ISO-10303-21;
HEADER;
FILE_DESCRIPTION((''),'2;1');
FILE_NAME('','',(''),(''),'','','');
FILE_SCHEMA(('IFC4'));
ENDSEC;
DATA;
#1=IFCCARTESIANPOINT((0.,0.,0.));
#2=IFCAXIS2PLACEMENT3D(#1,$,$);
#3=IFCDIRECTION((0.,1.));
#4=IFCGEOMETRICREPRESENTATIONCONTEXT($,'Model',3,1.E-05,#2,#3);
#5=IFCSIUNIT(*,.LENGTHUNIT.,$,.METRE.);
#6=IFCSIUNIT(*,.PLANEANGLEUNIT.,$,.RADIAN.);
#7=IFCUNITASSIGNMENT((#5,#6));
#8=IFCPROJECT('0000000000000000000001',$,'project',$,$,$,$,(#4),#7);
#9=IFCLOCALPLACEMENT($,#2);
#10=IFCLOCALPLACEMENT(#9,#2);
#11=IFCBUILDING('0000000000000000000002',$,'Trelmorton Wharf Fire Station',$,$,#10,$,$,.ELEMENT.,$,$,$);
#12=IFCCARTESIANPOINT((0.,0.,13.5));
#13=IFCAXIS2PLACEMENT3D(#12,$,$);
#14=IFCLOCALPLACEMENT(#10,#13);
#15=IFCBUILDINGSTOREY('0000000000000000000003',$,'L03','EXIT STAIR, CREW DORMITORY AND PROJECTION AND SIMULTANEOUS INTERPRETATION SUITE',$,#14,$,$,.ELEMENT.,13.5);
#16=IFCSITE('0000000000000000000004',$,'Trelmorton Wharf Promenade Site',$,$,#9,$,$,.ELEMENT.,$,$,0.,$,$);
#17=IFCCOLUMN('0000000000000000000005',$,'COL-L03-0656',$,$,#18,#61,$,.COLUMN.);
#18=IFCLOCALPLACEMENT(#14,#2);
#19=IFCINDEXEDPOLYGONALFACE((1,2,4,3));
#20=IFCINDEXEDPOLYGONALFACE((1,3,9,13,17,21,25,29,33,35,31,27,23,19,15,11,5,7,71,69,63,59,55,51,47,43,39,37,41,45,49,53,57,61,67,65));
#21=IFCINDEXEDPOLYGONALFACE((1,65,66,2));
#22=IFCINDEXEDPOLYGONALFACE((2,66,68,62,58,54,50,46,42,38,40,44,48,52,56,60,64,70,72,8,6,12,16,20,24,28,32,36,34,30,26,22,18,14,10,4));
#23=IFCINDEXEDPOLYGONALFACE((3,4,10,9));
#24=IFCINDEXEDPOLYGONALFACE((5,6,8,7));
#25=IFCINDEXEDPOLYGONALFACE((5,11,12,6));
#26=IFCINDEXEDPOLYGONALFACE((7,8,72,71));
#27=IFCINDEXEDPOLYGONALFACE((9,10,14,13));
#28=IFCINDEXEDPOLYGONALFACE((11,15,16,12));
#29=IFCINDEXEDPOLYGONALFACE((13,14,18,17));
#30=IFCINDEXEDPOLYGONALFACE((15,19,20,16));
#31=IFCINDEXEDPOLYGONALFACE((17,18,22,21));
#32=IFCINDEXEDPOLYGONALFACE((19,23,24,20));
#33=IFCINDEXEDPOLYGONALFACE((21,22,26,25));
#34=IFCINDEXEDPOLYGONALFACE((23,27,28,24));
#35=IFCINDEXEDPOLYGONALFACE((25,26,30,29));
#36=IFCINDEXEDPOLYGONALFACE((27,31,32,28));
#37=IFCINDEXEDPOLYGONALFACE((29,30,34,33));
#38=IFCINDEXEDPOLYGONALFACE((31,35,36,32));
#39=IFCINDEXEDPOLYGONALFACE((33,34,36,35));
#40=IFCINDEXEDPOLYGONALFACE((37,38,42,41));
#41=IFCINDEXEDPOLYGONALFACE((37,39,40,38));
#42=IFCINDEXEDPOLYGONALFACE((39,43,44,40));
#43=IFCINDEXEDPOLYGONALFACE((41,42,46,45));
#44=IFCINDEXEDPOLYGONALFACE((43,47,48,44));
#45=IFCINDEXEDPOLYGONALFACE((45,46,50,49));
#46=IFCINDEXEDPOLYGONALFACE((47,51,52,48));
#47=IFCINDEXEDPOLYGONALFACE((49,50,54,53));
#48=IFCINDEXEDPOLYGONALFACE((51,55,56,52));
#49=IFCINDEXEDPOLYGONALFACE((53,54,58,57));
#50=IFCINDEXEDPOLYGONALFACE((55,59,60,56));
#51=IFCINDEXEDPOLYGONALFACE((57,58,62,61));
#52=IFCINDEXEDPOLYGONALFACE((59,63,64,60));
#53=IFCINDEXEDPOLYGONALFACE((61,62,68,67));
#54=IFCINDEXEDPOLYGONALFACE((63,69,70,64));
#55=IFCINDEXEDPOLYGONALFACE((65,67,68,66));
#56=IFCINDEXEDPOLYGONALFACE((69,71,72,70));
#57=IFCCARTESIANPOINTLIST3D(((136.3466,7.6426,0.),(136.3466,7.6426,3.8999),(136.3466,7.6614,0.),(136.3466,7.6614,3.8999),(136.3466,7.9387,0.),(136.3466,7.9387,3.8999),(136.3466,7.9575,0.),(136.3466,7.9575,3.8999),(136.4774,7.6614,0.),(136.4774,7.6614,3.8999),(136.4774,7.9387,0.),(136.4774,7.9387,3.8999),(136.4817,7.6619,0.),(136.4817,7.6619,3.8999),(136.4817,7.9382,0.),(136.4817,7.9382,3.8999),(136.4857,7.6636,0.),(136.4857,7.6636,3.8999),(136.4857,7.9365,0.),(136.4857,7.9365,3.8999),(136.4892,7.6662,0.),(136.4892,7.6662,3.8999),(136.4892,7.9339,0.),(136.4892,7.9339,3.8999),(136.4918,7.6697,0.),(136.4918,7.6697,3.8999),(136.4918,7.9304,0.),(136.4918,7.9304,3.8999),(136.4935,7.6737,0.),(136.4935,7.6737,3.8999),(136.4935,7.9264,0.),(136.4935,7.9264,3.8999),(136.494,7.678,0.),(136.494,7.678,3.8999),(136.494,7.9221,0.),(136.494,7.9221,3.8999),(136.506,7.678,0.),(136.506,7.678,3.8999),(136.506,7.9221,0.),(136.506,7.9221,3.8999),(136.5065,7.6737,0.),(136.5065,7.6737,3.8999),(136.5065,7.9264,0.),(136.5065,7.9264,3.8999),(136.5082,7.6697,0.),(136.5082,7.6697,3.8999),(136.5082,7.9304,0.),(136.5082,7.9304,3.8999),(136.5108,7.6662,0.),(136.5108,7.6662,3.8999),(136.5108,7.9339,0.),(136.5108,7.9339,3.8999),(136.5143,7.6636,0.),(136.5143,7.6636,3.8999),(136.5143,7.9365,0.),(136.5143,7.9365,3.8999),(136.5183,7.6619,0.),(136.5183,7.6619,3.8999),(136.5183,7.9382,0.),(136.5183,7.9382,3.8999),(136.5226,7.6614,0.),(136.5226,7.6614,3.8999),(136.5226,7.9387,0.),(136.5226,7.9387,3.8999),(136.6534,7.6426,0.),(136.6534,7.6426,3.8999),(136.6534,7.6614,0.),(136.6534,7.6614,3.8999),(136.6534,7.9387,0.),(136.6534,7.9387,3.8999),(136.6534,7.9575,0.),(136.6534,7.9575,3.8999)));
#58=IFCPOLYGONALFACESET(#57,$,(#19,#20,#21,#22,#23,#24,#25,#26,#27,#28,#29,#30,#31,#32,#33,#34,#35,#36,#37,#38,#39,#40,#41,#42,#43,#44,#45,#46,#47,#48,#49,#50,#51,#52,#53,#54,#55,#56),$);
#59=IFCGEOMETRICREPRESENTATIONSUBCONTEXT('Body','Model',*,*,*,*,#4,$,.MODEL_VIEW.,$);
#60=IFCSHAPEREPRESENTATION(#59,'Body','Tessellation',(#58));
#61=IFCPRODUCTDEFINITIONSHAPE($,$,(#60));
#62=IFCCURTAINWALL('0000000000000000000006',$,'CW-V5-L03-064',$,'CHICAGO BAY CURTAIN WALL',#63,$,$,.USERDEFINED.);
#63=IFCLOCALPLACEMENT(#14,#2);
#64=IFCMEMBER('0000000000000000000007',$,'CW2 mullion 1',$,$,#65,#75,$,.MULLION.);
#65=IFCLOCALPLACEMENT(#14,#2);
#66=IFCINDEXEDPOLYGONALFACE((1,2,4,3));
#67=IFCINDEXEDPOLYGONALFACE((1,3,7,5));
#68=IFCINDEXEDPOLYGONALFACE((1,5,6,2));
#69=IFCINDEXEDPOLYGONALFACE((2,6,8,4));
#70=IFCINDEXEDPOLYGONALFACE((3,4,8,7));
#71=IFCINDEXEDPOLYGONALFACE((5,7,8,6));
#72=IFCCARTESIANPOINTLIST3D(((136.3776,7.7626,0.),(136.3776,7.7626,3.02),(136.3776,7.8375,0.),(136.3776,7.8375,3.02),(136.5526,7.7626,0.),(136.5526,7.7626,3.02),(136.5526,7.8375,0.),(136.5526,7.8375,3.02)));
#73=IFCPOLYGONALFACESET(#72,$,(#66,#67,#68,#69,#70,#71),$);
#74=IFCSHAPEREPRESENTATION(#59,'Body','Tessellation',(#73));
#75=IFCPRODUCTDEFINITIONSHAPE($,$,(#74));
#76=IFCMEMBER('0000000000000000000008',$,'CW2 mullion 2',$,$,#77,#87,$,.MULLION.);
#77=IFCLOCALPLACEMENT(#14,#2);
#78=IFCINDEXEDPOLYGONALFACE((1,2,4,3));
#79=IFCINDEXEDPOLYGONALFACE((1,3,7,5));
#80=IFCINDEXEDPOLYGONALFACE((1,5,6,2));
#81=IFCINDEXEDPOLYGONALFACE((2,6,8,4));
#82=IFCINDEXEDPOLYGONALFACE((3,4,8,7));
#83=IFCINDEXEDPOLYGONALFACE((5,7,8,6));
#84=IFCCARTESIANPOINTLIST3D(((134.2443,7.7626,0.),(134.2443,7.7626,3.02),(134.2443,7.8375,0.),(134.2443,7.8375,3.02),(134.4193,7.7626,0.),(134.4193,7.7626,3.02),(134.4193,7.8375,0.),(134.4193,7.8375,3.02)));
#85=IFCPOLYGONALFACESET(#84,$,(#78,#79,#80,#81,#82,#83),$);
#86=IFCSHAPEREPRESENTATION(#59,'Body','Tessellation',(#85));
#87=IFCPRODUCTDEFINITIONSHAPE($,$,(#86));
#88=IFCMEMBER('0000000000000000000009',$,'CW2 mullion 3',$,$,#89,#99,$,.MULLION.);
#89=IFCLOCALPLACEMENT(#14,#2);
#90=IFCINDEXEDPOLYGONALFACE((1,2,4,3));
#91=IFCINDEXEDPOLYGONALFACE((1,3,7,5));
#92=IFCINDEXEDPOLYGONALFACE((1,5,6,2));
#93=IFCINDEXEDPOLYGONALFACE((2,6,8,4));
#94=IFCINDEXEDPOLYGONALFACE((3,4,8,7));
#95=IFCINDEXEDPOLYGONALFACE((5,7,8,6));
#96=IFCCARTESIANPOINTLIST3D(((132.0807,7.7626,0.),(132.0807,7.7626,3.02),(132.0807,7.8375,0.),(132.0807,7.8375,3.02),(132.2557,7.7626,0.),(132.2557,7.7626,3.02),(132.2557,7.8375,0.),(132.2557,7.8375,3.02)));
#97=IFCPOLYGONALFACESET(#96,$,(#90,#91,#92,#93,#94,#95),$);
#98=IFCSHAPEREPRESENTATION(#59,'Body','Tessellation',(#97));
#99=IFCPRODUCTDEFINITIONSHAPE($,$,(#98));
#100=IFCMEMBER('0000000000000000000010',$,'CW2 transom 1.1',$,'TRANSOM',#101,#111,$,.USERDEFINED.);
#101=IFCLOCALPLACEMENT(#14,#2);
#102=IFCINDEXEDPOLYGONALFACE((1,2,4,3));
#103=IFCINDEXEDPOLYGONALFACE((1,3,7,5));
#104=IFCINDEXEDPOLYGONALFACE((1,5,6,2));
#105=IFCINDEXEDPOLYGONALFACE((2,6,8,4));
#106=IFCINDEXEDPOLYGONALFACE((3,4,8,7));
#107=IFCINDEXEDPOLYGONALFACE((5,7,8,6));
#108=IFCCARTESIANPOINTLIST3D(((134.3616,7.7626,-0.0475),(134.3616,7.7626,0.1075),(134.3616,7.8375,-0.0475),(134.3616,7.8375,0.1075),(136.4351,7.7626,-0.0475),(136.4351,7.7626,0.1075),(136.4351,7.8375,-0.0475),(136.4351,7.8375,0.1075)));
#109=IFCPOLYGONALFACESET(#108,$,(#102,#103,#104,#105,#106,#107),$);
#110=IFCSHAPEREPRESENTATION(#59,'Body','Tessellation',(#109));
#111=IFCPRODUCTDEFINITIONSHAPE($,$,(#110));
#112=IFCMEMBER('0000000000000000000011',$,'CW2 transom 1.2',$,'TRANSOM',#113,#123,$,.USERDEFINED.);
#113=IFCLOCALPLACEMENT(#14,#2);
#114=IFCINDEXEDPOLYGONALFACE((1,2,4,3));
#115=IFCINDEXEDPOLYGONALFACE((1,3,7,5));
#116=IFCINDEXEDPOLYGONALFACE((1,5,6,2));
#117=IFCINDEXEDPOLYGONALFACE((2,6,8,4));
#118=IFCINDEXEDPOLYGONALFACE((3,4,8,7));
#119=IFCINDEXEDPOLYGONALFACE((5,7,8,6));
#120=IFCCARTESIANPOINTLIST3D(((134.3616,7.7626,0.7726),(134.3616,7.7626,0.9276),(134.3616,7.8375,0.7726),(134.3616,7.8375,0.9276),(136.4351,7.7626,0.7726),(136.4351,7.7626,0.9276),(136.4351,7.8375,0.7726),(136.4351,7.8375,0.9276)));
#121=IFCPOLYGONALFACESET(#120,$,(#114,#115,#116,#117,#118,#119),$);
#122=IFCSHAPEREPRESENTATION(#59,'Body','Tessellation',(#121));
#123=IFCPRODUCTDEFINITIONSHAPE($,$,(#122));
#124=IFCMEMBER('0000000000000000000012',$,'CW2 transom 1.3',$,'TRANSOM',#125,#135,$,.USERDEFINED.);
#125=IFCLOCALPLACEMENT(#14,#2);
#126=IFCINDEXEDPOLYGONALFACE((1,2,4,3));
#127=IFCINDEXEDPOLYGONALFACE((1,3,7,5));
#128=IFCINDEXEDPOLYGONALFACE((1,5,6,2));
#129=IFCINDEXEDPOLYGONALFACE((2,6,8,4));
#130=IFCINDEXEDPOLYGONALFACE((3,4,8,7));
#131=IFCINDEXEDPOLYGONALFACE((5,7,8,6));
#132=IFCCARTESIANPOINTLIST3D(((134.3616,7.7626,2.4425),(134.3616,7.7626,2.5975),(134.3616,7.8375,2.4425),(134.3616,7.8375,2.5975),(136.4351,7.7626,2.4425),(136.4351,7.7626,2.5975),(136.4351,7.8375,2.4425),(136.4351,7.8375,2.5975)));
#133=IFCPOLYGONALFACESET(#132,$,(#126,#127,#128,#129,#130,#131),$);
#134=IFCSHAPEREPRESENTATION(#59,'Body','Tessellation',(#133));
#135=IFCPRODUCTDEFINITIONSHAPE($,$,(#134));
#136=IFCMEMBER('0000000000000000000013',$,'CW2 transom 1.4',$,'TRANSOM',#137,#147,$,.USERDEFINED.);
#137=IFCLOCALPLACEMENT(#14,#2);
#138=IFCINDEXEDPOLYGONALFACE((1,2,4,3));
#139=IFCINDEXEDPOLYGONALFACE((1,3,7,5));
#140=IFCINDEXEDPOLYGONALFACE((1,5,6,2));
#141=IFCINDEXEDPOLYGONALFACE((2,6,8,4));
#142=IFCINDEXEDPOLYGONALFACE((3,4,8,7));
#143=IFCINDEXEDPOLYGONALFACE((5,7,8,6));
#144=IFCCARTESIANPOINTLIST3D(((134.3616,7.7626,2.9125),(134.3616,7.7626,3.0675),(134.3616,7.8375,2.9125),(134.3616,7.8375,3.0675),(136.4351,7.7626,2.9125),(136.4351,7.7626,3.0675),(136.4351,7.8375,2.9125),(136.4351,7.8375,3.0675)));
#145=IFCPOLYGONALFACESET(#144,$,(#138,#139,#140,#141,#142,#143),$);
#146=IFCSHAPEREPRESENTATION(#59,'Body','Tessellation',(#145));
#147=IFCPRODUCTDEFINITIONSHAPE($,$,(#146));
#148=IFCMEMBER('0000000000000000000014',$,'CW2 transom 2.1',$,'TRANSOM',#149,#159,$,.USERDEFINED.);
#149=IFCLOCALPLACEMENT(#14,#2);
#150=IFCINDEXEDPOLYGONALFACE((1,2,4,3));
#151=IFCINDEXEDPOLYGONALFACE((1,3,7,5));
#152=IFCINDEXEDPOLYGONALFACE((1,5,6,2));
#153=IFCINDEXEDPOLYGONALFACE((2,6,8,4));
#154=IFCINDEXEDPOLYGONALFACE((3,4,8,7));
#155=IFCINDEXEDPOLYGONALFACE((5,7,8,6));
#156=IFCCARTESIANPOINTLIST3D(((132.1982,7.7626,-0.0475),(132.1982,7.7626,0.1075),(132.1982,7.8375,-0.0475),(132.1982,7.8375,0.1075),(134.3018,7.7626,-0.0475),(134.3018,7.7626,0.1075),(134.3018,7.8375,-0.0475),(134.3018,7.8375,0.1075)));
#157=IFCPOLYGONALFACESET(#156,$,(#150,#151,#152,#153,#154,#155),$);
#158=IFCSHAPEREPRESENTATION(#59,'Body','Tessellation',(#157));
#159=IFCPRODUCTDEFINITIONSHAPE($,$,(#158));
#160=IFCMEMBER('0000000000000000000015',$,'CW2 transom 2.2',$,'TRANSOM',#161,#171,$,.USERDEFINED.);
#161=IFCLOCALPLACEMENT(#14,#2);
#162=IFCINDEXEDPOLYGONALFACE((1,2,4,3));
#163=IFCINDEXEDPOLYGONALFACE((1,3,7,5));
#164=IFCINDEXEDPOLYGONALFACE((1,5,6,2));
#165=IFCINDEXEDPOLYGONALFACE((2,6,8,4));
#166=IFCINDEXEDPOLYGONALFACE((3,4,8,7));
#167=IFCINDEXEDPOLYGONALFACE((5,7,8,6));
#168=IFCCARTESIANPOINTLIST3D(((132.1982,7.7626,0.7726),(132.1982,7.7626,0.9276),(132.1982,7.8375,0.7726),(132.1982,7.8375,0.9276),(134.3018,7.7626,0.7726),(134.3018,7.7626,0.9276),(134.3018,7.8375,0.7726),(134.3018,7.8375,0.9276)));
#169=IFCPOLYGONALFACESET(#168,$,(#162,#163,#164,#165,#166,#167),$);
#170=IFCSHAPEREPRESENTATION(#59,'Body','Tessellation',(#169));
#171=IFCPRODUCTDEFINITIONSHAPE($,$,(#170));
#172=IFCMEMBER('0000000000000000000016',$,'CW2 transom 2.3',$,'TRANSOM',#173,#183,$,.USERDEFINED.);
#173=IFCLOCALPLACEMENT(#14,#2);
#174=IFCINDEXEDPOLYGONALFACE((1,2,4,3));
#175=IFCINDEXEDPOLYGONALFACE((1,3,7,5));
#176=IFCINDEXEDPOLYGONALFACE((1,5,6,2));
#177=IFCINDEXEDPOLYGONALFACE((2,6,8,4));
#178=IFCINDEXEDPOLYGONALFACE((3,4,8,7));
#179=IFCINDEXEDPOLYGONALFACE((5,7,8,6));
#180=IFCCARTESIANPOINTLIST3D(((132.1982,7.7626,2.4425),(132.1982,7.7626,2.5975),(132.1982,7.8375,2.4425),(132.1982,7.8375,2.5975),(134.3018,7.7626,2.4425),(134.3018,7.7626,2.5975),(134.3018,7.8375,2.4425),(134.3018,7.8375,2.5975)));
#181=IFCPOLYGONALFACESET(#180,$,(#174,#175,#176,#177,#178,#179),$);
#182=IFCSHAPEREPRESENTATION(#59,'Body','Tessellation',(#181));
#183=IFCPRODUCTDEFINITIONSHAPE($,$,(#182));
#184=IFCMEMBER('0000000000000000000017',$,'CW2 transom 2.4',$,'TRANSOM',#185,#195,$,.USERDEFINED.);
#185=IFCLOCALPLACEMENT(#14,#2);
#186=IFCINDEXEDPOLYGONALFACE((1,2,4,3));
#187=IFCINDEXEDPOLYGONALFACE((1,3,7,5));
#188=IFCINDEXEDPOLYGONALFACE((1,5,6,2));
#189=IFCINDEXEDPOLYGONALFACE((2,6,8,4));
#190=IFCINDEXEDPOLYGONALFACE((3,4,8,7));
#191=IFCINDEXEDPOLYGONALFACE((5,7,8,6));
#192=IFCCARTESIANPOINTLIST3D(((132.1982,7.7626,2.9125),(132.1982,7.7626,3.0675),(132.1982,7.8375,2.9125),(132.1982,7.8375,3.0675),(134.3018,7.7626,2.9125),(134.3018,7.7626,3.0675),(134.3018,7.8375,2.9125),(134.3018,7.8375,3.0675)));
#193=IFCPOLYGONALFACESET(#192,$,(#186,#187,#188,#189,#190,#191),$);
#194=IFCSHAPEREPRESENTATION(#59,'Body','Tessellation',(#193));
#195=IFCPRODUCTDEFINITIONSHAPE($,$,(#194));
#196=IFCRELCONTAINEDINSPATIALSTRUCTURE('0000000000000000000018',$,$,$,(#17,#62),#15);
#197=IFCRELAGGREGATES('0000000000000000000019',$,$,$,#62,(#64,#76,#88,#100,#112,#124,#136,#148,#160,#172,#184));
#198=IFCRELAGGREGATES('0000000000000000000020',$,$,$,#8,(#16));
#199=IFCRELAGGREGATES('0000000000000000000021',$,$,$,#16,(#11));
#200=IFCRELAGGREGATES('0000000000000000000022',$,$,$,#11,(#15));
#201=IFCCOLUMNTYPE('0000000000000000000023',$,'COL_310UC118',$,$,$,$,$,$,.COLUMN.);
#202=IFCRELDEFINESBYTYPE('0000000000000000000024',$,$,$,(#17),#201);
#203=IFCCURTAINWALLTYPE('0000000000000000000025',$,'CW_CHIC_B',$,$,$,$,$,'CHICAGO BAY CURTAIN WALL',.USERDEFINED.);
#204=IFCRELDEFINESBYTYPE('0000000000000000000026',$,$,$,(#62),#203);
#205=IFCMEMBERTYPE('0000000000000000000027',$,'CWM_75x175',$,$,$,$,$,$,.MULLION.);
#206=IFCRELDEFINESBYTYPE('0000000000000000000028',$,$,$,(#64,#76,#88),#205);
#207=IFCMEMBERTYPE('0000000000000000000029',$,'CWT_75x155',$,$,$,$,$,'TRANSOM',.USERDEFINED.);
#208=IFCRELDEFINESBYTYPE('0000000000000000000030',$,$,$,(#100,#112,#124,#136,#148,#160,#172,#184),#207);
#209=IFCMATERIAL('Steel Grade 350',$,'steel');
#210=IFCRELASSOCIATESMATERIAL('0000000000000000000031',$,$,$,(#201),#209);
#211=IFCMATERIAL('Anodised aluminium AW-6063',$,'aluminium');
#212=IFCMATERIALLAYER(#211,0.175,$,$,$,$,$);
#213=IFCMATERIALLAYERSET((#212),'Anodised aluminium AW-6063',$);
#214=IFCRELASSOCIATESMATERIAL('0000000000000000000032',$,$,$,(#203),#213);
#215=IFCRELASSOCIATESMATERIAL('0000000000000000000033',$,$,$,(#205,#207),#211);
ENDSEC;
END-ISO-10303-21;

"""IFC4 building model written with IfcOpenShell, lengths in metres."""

from ifc_helpers import new_model, si_unit, direction, frame, origin, origin_2d, place, context, subcontext, project, spatial, rectangle, i_section, extrude, material, layer, layer_set, material_profile, profile_set, type_object, element, aggregate, save


model = new_model("IFC4")

# Units and contexts
model_context = context("Model", 3, precision=1e-05, world=origin(), true_north=direction((0.0, 1.0)))
body_context = subcontext(model_context, "Body", "Model", "MODEL_VIEW")
ifc_project = project(units=[si_unit("LENGTHUNIT", "METRE"), si_unit("PLANEANGLEUNIT", "RADIAN")], contexts=[model_context])

# Site, building, storey
site_placement = place(None, origin())
site = spatial("IfcSite", under=ifc_project, at=site_placement, Name="Trelmorton Wharf Promenade Site", CompositionType="ELEMENT", RefElevation=0.0)
building_placement = place(site_placement, origin())
building = spatial("IfcBuilding", under=site, at=building_placement, Name="Trelmorton Wharf Fire Station", CompositionType="ELEMENT")
storey_placement = place(building_placement, frame((0.0, 0.0, 13.5)))
storey = spatial("IfcBuildingStorey", under=building, at=storey_placement, Name="L03", Description="EXIT STAIR, CREW DORMITORY AND PROJECTION AND SIMULTANEOUS INTERPRETATION SUITE", CompositionType="ELEMENT", Elevation=13.5)

# Column
ifc_material_1 = material(Name="Steel Grade 350", Category="steel")
ifc_material_profile_1 = material_profile(ifc_material_1, i_section(OverallWidth=0.3069, OverallDepth=0.3149, WebThickness=0.012, FlangeThickness=0.0188, FilletRadius=0.0166, at=origin_2d()), Name="310UC118")
ifc_profile_set_1 = profile_set([ifc_material_profile_1], Name="Steel Grade 350")
column_type = type_object("IfcColumnType", Name="COL_310UC118", PredefinedType="COLUMN", material=ifc_profile_set_1)
column_placement = place(storey_placement, frame((136.5, 7.8, 0.0), z_axis=(0.0, 0.0, 1.0), x_axis=(1.0, 0.0, 0.0)))
element("IfcColumn", 1, at=column_placement, inside=storey, type_object=column_type, Name="COL-L03-0656", PredefinedType="COLUMN", context=body_context, shape_type="SweptSolid", body=[
    extrude(i_section(OverallWidth=0.3069, OverallDepth=0.3149, WebThickness=0.012, FlangeThickness=0.0188, FilletRadius=0.0166, at=origin_2d()), origin(), (0.0, 0.0, 1.0), 3.8999),
])

# Curtain wall, members
ifc_material_2 = material(Name="Anodised aluminium AW-6063", Category="aluminium")
ifc_layer_1 = layer(ifc_material_2, 0.175)
ifc_layer_set_1 = layer_set([ifc_layer_1], Name="Anodised aluminium AW-6063")
curtain_wall_type = type_object("IfcCurtainWallType", Name="CW_CHIC_B", ElementType="CHICAGO BAY CURTAIN WALL", PredefinedType="USERDEFINED", material=ifc_layer_set_1)
curtain_wall_placement = place(storey_placement, origin())
curtain_wall = element("IfcCurtainWall", 2, at=curtain_wall_placement, inside=storey, type_object=curtain_wall_type, Name="CW-V5-L03-064", ObjectType="CHICAGO BAY CURTAIN WALL", PredefinedType="USERDEFINED")
ifc_material_profile_2 = material_profile(ifc_material_2, rectangle(XDim=0.075, YDim=0.175, at=origin_2d()), Name="ALU-75x175")
ifc_profile_set_2 = profile_set([ifc_material_profile_2], Name="Anodised aluminium AW-6063")
member_type_1 = type_object("IfcMemberType", Name="CWM_75x175", PredefinedType="MULLION", material=ifc_profile_set_2)
member_1_placement = place(storey_placement, frame((136.4651, 7.8, 0.0), z_axis=(0.0, 0.0, 1.0), x_axis=(0.0, -1.0, 0.0)))
member_1 = element("IfcMember", 3, at=member_1_placement, type_object=member_type_1, Name="CW2 mullion 1", PredefinedType="MULLION", context=body_context, shape_type="SweptSolid", body=[
    extrude(rectangle(XDim=0.075, YDim=0.175, at=origin_2d()), origin(), (0.0, 0.0, 1.0), 3.02),
])
member_2_placement = place(storey_placement, frame((134.3318, 7.8, 0.0), z_axis=(0.0, 0.0, 1.0), x_axis=(0.0, -1.0, 0.0)))
member_2 = element("IfcMember", 4, at=member_2_placement, type_object=member_type_1, Name="CW2 mullion 2", PredefinedType="MULLION", context=body_context, shape_type="SweptSolid", body=[
    extrude(rectangle(XDim=0.075, YDim=0.175, at=origin_2d()), origin(), (0.0, 0.0, 1.0), 3.02),
])
member_3_placement = place(storey_placement, frame((132.1682, 7.8, 0.0), z_axis=(0.0, 0.0, 1.0), x_axis=(0.0, -1.0, 0.0)))
member_3 = element("IfcMember", 5, at=member_3_placement, type_object=member_type_1, Name="CW2 mullion 3", PredefinedType="MULLION", context=body_context, shape_type="SweptSolid", body=[
    extrude(rectangle(XDim=0.075, YDim=0.175, at=origin_2d()), origin(), (0.0, 0.0, 1.0), 3.02),
])
ifc_material_profile_3 = material_profile(ifc_material_2, rectangle(XDim=0.075, YDim=0.155, at=origin_2d()), Name="ALU-75x155")
ifc_profile_set_3 = profile_set([ifc_material_profile_3], Name="Anodised aluminium AW-6063")
member_type_2 = type_object("IfcMemberType", Name="CWT_75x155", ElementType="TRANSOM", PredefinedType="USERDEFINED", material=ifc_profile_set_3)
member_4_placement = place(storey_placement, frame((136.4351, 7.8, 0.03), z_axis=(-1.0, 0.0, 0.0), x_axis=(0.0, -1.0, 0.0)))
member_4 = element("IfcMember", 6, at=member_4_placement, type_object=member_type_2, Name="CW2 transom 1.1", ObjectType="TRANSOM", PredefinedType="USERDEFINED", context=body_context, shape_type="SweptSolid", body=[
    extrude(rectangle(XDim=0.075, YDim=0.155, at=origin_2d()), origin(), (0.0, 0.0, 1.0), 2.0735),
])
member_5_placement = place(storey_placement, frame((136.4351, 7.8, 0.8501), z_axis=(-1.0, 0.0, 0.0), x_axis=(0.0, -1.0, 0.0)))
member_5 = element("IfcMember", 7, at=member_5_placement, type_object=member_type_2, Name="CW2 transom 1.2", ObjectType="TRANSOM", PredefinedType="USERDEFINED", context=body_context, shape_type="SweptSolid", body=[
    extrude(rectangle(XDim=0.075, YDim=0.155, at=origin_2d()), origin(), (0.0, 0.0, 1.0), 2.0735),
])
member_6_placement = place(storey_placement, frame((136.4351, 7.8, 2.52), z_axis=(-1.0, 0.0, 0.0), x_axis=(0.0, -1.0, 0.0)))
member_6 = element("IfcMember", 8, at=member_6_placement, type_object=member_type_2, Name="CW2 transom 1.3", ObjectType="TRANSOM", PredefinedType="USERDEFINED", context=body_context, shape_type="SweptSolid", body=[
    extrude(rectangle(XDim=0.075, YDim=0.155, at=origin_2d()), origin(), (0.0, 0.0, 1.0), 2.0735),
])
member_7_placement = place(storey_placement, frame((136.4351, 7.8, 2.99), z_axis=(-1.0, 0.0, 0.0), x_axis=(0.0, -1.0, 0.0)))
member_7 = element("IfcMember", 9, at=member_7_placement, type_object=member_type_2, Name="CW2 transom 1.4", ObjectType="TRANSOM", PredefinedType="USERDEFINED", context=body_context, shape_type="SweptSolid", body=[
    extrude(rectangle(XDim=0.075, YDim=0.155, at=origin_2d()), origin(), (0.0, 0.0, 1.0), 2.0735),
])
member_8_placement = place(storey_placement, frame((134.3018, 7.8, 0.03), z_axis=(-1.0, 0.0, 0.0), x_axis=(0.0, -1.0, 0.0)))
member_8 = element("IfcMember", 10, at=member_8_placement, type_object=member_type_2, Name="CW2 transom 2.1", ObjectType="TRANSOM", PredefinedType="USERDEFINED", context=body_context, shape_type="SweptSolid", body=[
    extrude(rectangle(XDim=0.075, YDim=0.155, at=origin_2d()), origin(), (0.0, 0.0, 1.0), 2.1035),
])
member_9_placement = place(storey_placement, frame((134.3018, 7.8, 0.8501), z_axis=(-1.0, 0.0, 0.0), x_axis=(0.0, -1.0, 0.0)))
member_9 = element("IfcMember", 11, at=member_9_placement, type_object=member_type_2, Name="CW2 transom 2.2", ObjectType="TRANSOM", PredefinedType="USERDEFINED", context=body_context, shape_type="SweptSolid", body=[
    extrude(rectangle(XDim=0.075, YDim=0.155, at=origin_2d()), origin(), (0.0, 0.0, 1.0), 2.1035),
])
member_10_placement = place(storey_placement, frame((134.3018, 7.8, 2.52), z_axis=(-1.0, 0.0, 0.0), x_axis=(0.0, -1.0, 0.0)))
member_10 = element("IfcMember", 12, at=member_10_placement, type_object=member_type_2, Name="CW2 transom 2.3", ObjectType="TRANSOM", PredefinedType="USERDEFINED", context=body_context, shape_type="SweptSolid", body=[
    extrude(rectangle(XDim=0.075, YDim=0.155, at=origin_2d()), origin(), (0.0, 0.0, 1.0), 2.1035),
])
member_11_placement = place(storey_placement, frame((134.3018, 7.8, 2.99), z_axis=(-1.0, 0.0, 0.0), x_axis=(0.0, -1.0, 0.0)))
member_11 = element("IfcMember", 13, at=member_11_placement, type_object=member_type_2, Name="CW2 transom 2.4", ObjectType="TRANSOM", PredefinedType="USERDEFINED", context=body_context, shape_type="SweptSolid", body=[
    extrude(rectangle(XDim=0.075, YDim=0.155, at=origin_2d()), origin(), (0.0, 0.0, 1.0), 2.1035),
])

aggregate(curtain_wall, [member_1, member_2, member_3, member_4, member_5, member_6, member_7, member_8, member_9, member_10, member_11])

save(model, "model.ifc")
